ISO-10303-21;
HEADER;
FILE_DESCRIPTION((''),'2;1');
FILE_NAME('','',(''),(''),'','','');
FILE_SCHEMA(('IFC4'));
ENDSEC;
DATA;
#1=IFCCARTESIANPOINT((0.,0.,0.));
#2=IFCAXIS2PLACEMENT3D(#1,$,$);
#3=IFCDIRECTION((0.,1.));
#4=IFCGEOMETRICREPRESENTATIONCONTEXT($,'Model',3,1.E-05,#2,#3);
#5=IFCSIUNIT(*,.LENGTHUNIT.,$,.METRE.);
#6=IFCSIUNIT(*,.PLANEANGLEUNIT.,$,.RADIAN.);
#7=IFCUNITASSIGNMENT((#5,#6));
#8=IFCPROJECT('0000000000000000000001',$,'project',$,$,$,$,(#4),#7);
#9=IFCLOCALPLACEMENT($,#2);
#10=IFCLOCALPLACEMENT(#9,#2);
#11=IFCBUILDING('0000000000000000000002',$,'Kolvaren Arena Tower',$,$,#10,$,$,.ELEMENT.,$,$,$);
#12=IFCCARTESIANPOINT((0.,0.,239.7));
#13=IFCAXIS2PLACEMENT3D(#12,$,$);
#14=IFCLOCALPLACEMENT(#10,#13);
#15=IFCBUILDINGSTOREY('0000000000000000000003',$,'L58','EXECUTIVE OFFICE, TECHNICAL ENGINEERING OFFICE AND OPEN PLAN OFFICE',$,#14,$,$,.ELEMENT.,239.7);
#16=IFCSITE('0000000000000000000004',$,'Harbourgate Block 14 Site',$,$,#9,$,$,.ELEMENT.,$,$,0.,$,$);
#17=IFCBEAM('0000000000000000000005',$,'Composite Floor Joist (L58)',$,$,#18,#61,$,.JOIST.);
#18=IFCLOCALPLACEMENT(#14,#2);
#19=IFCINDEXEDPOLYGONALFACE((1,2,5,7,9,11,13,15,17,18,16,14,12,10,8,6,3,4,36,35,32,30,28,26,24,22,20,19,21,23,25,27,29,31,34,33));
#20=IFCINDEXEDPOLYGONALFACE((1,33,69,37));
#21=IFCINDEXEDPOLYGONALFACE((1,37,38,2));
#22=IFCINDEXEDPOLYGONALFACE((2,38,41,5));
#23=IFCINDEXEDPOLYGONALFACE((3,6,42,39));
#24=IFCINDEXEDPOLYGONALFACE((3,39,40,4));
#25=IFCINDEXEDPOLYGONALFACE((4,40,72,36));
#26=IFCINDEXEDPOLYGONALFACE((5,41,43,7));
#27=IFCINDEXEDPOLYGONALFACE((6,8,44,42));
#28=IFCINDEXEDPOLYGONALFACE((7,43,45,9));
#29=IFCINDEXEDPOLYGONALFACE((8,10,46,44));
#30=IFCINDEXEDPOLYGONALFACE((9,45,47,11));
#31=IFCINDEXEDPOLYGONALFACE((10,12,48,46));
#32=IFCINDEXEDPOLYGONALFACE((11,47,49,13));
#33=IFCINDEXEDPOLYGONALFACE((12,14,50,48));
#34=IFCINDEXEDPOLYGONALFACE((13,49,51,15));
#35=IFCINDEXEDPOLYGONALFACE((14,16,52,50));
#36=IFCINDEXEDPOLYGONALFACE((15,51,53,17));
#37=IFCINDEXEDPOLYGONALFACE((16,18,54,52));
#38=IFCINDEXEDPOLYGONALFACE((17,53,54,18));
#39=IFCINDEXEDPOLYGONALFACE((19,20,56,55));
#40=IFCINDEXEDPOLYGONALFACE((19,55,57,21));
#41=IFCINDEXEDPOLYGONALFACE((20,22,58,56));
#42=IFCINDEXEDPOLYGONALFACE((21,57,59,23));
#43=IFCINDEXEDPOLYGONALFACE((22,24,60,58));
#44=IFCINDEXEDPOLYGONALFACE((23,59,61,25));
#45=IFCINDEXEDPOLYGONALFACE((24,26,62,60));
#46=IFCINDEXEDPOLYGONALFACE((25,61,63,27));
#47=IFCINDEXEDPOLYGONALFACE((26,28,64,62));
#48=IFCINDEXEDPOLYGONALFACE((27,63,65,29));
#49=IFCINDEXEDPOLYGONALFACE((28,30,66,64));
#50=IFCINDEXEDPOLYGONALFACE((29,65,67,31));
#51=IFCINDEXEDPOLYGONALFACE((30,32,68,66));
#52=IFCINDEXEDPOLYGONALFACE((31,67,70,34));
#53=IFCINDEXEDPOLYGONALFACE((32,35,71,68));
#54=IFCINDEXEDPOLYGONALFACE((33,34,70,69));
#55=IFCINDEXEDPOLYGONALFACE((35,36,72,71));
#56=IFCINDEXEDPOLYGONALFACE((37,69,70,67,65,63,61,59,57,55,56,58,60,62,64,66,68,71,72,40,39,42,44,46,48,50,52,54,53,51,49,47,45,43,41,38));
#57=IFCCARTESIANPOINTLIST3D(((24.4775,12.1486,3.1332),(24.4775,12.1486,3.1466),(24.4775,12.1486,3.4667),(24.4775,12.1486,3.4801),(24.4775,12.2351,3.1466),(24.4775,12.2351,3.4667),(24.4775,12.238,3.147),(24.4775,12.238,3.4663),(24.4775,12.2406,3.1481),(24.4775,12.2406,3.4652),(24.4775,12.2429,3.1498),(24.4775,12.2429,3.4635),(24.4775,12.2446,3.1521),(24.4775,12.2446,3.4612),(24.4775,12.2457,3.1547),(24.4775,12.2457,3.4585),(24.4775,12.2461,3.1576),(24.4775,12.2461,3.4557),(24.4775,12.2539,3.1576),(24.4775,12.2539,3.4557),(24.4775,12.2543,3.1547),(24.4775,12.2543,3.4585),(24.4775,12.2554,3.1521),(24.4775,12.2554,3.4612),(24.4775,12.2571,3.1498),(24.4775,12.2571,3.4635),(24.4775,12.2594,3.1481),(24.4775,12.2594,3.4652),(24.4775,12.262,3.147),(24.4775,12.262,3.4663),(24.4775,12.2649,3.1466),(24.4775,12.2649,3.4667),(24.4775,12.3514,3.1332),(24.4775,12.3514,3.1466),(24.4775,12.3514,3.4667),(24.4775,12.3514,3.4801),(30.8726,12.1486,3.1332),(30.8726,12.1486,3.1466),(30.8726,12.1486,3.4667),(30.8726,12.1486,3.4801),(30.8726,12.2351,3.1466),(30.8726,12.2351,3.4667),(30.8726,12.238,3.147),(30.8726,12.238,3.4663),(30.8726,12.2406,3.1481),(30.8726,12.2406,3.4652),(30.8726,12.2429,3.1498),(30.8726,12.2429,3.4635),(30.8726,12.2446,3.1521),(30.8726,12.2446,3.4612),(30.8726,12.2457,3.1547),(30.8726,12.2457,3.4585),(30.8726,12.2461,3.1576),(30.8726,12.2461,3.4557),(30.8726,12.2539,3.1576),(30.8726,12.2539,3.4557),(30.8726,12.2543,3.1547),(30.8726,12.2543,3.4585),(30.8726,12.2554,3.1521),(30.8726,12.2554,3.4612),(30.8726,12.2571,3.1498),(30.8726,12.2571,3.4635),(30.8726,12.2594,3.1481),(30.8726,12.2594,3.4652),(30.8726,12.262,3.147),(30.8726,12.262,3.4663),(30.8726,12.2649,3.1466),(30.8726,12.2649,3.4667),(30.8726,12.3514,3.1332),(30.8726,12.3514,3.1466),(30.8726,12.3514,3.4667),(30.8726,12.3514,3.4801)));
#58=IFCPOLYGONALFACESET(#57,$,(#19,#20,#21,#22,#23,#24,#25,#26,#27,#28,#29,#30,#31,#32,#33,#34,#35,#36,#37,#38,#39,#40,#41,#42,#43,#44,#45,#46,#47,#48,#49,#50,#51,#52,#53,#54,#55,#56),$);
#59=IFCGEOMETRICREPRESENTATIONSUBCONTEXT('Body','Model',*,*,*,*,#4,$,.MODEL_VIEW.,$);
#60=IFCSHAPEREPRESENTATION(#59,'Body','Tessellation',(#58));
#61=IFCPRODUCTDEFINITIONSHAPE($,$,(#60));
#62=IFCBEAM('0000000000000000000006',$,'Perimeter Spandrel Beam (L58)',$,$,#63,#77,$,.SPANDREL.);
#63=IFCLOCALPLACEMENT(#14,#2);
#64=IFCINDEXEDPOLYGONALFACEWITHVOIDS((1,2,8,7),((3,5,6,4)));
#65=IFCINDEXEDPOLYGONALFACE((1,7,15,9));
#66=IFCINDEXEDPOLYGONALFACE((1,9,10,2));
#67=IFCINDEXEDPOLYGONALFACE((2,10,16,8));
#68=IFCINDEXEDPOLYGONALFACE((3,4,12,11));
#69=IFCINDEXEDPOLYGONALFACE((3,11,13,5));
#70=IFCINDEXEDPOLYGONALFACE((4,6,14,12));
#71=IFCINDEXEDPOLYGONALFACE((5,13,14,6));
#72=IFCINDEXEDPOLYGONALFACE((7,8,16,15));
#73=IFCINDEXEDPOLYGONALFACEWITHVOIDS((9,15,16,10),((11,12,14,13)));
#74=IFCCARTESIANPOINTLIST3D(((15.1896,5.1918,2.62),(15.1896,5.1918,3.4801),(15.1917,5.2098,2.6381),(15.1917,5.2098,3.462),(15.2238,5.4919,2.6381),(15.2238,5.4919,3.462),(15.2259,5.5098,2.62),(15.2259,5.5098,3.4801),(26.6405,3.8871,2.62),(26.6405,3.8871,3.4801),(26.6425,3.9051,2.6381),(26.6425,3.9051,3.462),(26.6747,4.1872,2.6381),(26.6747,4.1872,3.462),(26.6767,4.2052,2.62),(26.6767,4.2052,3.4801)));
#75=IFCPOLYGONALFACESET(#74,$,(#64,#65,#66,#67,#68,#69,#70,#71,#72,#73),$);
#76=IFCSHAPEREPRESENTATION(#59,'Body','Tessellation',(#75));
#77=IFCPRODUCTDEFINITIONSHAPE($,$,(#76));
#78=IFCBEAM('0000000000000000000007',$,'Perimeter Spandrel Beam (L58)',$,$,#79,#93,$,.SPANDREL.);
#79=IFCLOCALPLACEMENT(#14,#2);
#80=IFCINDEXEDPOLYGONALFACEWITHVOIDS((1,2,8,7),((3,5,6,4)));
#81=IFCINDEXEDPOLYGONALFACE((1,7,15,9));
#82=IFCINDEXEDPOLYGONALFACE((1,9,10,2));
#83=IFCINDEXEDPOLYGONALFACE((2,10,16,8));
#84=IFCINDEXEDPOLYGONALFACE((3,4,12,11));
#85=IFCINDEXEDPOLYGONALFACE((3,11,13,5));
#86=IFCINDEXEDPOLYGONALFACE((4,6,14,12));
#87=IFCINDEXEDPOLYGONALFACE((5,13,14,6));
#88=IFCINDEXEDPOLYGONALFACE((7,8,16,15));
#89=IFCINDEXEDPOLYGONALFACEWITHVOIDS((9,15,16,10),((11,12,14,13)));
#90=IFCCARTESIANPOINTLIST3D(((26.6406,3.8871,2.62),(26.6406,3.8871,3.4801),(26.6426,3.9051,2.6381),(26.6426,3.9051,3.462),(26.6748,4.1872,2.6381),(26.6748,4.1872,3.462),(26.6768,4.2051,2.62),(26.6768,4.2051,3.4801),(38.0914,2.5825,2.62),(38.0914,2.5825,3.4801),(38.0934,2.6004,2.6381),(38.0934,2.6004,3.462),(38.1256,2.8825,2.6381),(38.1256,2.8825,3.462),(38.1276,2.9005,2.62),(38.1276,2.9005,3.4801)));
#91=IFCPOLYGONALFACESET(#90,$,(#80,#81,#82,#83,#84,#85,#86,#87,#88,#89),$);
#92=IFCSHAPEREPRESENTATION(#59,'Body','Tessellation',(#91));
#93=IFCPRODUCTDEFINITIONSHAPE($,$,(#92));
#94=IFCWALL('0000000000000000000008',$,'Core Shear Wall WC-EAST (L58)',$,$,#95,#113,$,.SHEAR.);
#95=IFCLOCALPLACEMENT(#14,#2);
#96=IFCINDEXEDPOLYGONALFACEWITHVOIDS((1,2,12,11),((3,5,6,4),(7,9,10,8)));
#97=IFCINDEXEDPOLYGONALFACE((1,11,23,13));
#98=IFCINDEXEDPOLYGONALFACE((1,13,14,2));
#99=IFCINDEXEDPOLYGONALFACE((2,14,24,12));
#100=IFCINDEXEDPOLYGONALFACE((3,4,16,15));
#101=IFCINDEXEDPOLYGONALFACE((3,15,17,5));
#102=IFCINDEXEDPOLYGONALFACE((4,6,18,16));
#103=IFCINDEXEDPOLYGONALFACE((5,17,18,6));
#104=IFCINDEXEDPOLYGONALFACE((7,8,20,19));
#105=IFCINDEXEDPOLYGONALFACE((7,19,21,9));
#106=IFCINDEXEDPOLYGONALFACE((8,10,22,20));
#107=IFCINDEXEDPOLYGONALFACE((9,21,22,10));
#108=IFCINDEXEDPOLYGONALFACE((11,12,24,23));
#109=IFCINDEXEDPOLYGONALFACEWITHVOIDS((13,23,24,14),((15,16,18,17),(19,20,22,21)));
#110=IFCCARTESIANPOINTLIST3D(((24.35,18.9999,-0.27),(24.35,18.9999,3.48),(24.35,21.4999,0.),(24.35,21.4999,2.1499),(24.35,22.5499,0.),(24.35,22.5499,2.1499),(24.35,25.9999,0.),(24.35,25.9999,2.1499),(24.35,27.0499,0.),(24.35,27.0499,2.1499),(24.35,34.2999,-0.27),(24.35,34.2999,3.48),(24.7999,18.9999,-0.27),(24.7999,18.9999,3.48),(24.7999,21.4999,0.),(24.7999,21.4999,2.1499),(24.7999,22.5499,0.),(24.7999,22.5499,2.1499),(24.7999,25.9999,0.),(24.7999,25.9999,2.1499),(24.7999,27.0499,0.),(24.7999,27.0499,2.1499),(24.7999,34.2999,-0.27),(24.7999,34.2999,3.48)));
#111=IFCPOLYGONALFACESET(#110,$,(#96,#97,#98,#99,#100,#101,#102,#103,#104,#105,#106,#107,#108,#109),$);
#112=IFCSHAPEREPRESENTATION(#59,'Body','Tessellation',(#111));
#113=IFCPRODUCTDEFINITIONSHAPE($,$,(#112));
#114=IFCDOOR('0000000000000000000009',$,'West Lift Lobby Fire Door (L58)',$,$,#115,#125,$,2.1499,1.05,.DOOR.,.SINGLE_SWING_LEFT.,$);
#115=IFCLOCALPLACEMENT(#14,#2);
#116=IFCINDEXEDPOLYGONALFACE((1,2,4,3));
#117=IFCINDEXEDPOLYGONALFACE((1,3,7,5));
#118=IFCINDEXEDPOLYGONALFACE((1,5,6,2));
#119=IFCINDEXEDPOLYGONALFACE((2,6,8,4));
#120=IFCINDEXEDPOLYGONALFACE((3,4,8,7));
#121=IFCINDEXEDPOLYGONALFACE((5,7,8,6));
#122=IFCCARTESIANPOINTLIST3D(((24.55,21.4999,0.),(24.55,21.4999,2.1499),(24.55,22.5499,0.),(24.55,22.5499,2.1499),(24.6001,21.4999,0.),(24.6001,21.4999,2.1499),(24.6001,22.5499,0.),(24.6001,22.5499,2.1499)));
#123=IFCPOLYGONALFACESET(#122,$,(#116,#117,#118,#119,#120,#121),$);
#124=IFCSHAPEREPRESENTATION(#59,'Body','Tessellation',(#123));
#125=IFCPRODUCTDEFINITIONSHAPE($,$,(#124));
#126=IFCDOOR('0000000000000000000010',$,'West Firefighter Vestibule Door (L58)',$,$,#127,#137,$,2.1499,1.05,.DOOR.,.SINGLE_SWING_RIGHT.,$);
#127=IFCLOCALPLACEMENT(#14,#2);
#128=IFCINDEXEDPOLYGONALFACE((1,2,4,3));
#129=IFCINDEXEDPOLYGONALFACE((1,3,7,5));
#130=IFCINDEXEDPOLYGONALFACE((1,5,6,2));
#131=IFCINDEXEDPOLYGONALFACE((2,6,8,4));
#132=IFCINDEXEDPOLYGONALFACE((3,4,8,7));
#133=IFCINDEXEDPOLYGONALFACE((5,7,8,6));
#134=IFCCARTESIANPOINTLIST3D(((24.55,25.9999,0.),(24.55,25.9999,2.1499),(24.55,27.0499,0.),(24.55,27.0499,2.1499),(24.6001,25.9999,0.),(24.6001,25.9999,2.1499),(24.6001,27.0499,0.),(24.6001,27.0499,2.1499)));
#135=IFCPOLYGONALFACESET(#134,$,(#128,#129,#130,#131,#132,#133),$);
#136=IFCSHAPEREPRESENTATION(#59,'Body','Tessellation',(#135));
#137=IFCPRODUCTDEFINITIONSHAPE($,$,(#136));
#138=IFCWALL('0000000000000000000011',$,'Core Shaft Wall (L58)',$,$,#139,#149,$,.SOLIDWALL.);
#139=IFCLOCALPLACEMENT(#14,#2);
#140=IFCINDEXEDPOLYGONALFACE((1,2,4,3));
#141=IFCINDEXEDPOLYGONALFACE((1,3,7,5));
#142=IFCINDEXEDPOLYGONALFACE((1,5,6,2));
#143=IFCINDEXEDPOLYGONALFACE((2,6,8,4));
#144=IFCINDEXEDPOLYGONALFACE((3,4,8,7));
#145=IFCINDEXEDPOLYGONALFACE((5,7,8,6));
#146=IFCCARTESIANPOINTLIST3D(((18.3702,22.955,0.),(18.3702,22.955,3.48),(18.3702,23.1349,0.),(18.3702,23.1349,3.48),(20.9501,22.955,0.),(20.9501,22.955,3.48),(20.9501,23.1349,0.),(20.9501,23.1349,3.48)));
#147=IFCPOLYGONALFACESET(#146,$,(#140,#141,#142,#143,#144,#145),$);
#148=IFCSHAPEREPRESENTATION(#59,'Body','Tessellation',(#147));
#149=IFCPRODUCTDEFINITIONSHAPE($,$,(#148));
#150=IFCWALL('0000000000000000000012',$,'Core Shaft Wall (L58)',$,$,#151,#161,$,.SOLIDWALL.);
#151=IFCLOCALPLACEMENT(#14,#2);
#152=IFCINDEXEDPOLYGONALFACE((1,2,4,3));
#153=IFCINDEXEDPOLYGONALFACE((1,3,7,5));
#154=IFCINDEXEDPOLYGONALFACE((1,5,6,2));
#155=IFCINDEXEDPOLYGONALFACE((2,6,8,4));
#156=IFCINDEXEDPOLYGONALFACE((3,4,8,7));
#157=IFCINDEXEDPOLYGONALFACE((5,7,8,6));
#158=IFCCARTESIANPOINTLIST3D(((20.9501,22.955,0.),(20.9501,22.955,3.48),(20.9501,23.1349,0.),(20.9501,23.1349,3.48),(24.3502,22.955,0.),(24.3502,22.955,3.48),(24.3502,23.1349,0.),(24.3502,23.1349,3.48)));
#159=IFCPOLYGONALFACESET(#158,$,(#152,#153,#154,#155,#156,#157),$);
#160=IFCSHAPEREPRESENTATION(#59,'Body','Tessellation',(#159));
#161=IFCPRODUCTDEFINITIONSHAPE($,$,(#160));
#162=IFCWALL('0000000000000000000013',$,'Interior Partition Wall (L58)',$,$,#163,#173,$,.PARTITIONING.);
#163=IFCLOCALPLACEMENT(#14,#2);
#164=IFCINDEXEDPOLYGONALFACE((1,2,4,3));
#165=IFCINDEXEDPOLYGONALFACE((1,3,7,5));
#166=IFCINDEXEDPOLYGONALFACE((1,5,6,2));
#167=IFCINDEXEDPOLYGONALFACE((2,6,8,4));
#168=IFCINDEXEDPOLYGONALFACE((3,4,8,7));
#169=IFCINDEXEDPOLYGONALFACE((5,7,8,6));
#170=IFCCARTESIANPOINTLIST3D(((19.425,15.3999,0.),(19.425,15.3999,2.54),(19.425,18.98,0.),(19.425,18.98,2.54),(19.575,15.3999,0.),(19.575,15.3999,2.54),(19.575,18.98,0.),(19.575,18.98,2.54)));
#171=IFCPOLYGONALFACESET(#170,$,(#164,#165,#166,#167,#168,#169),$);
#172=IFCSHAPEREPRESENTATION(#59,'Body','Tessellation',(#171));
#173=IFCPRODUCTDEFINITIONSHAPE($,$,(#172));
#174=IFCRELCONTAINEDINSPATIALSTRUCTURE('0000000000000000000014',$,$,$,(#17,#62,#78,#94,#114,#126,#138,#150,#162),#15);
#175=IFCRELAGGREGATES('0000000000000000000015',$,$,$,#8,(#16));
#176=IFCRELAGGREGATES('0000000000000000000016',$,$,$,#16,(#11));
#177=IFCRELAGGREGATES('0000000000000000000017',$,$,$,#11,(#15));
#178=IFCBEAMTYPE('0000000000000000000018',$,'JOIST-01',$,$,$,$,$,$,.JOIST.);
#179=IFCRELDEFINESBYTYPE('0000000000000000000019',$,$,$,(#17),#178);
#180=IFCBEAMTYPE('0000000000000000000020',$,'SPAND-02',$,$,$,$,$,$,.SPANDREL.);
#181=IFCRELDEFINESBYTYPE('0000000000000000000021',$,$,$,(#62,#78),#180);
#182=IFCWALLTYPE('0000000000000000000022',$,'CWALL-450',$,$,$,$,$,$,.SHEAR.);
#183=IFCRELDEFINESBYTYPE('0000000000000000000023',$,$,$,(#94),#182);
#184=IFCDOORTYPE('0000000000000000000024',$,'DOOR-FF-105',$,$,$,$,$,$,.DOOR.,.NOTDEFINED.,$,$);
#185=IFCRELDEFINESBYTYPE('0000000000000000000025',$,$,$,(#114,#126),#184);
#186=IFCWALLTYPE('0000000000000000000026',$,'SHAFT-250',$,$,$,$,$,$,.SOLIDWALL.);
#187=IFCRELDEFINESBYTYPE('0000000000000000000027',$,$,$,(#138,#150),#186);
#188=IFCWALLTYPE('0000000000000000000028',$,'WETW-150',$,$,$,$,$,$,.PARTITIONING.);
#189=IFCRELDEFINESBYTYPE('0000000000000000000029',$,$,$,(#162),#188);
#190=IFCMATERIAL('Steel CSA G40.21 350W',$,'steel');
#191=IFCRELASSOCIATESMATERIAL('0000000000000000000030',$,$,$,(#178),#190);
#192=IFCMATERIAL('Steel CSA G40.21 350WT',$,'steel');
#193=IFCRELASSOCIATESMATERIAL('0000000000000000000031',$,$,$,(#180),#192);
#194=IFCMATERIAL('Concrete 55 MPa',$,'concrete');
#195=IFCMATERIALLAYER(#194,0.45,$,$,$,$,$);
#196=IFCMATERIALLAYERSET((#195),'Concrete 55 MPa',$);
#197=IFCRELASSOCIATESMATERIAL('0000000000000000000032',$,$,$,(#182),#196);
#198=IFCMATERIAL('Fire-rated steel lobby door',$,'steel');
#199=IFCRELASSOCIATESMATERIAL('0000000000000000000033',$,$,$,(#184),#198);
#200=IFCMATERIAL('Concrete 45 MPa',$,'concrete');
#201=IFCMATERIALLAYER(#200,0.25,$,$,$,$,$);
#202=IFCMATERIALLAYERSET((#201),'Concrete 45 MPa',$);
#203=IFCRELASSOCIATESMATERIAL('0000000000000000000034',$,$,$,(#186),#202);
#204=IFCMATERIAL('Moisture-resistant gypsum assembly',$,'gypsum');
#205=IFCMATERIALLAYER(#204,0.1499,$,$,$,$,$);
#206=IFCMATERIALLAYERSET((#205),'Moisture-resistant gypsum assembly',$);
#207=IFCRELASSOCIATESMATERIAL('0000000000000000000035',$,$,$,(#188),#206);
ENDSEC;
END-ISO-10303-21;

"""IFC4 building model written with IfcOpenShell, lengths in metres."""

from ifc_helpers import new_model, si_unit, direction, frame, frame_2d, origin, origin_2d, place, context, subcontext, project, spatial, rectangle, hollow_rectangle, i_section, extrude, material, layer, layer_set, material_profile, profile_set, type_object, element, fill, save


model = new_model("IFC4")

# Units and contexts
model_context = context("Model", 3, precision=1e-05, world=origin(), true_north=direction((0.0, 1.0)))
body_context = subcontext(model_context, "Body", "Model", "MODEL_VIEW")
ifc_project = project(units=[si_unit("LENGTHUNIT", "METRE"), si_unit("PLANEANGLEUNIT", "RADIAN")], contexts=[model_context])

# Site, building, storey
site_placement = place(None, origin())
site = spatial("IfcSite", under=ifc_project, at=site_placement, Name="Harbourgate Block 14 Site", CompositionType="ELEMENT", RefElevation=0.0)
building_placement = place(site_placement, origin())
building = spatial("IfcBuilding", under=site, at=building_placement, Name="Kolvaren Arena Tower", CompositionType="ELEMENT")
storey_placement = place(building_placement, frame((0.0, 0.0, 239.7)))
storey = spatial("IfcBuildingStorey", under=building, at=storey_placement, Name="L58", Description="EXECUTIVE OFFICE, TECHNICAL ENGINEERING OFFICE AND OPEN PLAN OFFICE", CompositionType="ELEMENT", Elevation=239.7)

# Beams
ifc_material_1 = material(Name="Steel CSA G40.21 350W", Category="steel")
ifc_material_profile_1 = material_profile(ifc_material_1, i_section(OverallWidth=0.2029, OverallDepth=0.3469, WebThickness=0.0078, FlangeThickness=0.0134, FilletRadius=0.011, at=origin_2d()), Name="W360x64")
ifc_profile_set_1 = profile_set([ifc_material_profile_1], Name="Steel CSA G40.21 350W")
beam_type_1 = type_object("IfcBeamType", Name="JOIST-01", PredefinedType="JOIST", material=ifc_profile_set_1)
for number, where, z_axis, x_axis, name in (
    (1, (24.4775, 12.25, 3.3066), (1.0, 0.0, 0.0), (0.0, 1.0, 0.0), "Composite Floor Joist (L58)"),
):
    element("IfcBeam", number, at=place(storey_placement, frame(where, z_axis=z_axis, x_axis=x_axis)), inside=storey, type_object=beam_type_1, Name=name, PredefinedType="JOIST", context=body_context, shape_type="SweptSolid", body=[
        extrude(i_section(OverallWidth=0.2029, OverallDepth=0.3469, WebThickness=0.0078, FlangeThickness=0.0134, FilletRadius=0.011, at=origin_2d()), origin(), (0.0, 0.0, 1.0), 6.395),
    ])
ifc_material_2 = material(Name="Steel CSA G40.21 350WT", Category="steel")
ifc_material_profile_2 = material_profile(ifc_material_2, hollow_rectangle(XDim=0.3201, YDim=0.8601, WallThickness=0.0181, at=origin_2d()), Name="HSS 860x320x18")
ifc_profile_set_2 = profile_set([ifc_material_profile_2], Name="Steel CSA G40.21 350WT")
beam_type_2 = type_object("IfcBeamType", Name="SPAND-02", PredefinedType="SPANDREL", material=ifc_profile_set_2)
for number, where, z_axis, x_axis, name in (
    (2, (15.2078, 5.3508, 3.05), (0.993572, -0.113205, 0.0), (0.113205, 0.993572, 0.0), "Perimeter Spandrel Beam (L58)"),
    (3, (26.6587, 4.0461, 3.05), (0.993572, -0.113205, 0.0), (0.113205, 0.993572, 0.0), "Perimeter Spandrel Beam (L58)"),
):
    element("IfcBeam", number, at=place(storey_placement, frame(where, z_axis=z_axis, x_axis=x_axis)), inside=storey, type_object=beam_type_2, Name=name, PredefinedType="SPANDREL", context=body_context, shape_type="SweptSolid", body=[
        extrude(hollow_rectangle(XDim=0.3201, YDim=0.8601, WallThickness=0.0181, at=origin_2d()), origin(), (0.0, 0.0, 1.0), 11.5249),
    ])

# Wall, openings, doors
ifc_material_3 = material(Name="Concrete 55 MPa", Category="concrete")
ifc_layer_1 = layer(ifc_material_3, 0.45)
ifc_layer_set_1 = layer_set([ifc_layer_1], Name="Concrete 55 MPa")
wall_type_1 = type_object("IfcWallType", Name="CWALL-450", PredefinedType="SHEAR", material=ifc_layer_set_1)
wall_1_placement = place(storey_placement, frame((24.575, 19.0, -0.27), z_axis=(0.0, 0.0, 1.0), x_axis=(0.0, 1.0, 0.0)))
wall_1 = element("IfcWall", 4, at=wall_1_placement, inside=storey, type_object=wall_type_1, Name="Core Shear Wall WC-EAST (L58)", PredefinedType="SHEAR", context=body_context, shape_type="SweptSolid", body=[
    extrude(rectangle(XDim=15.3, YDim=0.45, at=frame_2d((7.6499, 0.0))), origin(), (0.0, 0.0, 1.0), 3.75),
])
opening_1_placement = place(wall_1_placement, frame((2.5, 0.0, 0.27)))
opening_1 = element("IfcOpeningElement", 5, at=opening_1_placement, cuts=wall_1, PredefinedType="OPENING", context=body_context, shape_type="SweptSolid", body=[
    extrude(rectangle(XDim=1.05, YDim=2.1499, at=frame_2d((0.5249, 1.075))), frame((0.0, 0.2349, 0.0), z_axis=(0.0, -1.0, 0.0), x_axis=(1.0, 0.0, 0.0)), (0.0, 0.0, 1.0), 0.47),
])
opening_2_placement = place(wall_1_placement, frame((7.0, 0.0, 0.27)))
opening_2 = element("IfcOpeningElement", 6, at=opening_2_placement, cuts=wall_1, PredefinedType="OPENING", context=body_context, shape_type="SweptSolid", body=[
    extrude(rectangle(XDim=1.05, YDim=2.1499, at=frame_2d((0.5249, 1.075))), frame((0.0, 0.2349, 0.0), z_axis=(0.0, -1.0, 0.0), x_axis=(1.0, 0.0, 0.0)), (0.0, 0.0, 1.0), 0.47),
])
ifc_material_4 = material(Name="Fire-rated steel lobby door", Category="steel")
door_type = type_object("IfcDoorType", Name="DOOR-FF-105", OperationType="NOTDEFINED", PredefinedType="DOOR", material=ifc_material_4)
door_1_placement = place(opening_1_placement, origin())
door_1 = element("IfcDoor", 7, at=door_1_placement, inside=storey, type_object=door_type, Name="West Lift Lobby Fire Door (L58)", OperationType="SINGLE_SWING_LEFT", OverallHeight=2.1499, OverallWidth=1.05, PredefinedType="DOOR", context=body_context, shape_type="SweptSolid", body=[
    extrude(rectangle(XDim=1.05, YDim=2.1499, at=frame_2d((0.5249, 1.075))), frame((0.0, 0.0249, 0.0), z_axis=(0.0, -1.0, 0.0), x_axis=(1.0, 0.0, 0.0)), (0.0, 0.0, 1.0), 0.05),
])
fill(opening_1, door_1)
door_2_placement = place(opening_2_placement, origin())
door_2 = element("IfcDoor", 8, at=door_2_placement, inside=storey, type_object=door_type, Name="West Firefighter Vestibule Door (L58)", OperationType="SINGLE_SWING_RIGHT", OverallHeight=2.1499, OverallWidth=1.05, PredefinedType="DOOR", context=body_context, shape_type="SweptSolid", body=[
    extrude(rectangle(XDim=1.05, YDim=2.1499, at=frame_2d((0.5249, 1.075))), frame((0.0, 0.0249, 0.0), z_axis=(0.0, -1.0, 0.0), x_axis=(1.0, 0.0, 0.0)), (0.0, 0.0, 1.0), 0.05),
])
fill(opening_2, door_2)

# Walls
ifc_material_5 = material(Name="Concrete 45 MPa", Category="concrete")
ifc_layer_2 = layer(ifc_material_5, 0.25)
ifc_layer_set_2 = layer_set([ifc_layer_2], Name="Concrete 45 MPa")
wall_type_2 = type_object("IfcWallType", Name="SHAFT-250", PredefinedType="SOLIDWALL", material=ifc_layer_set_2)
wall_2_placement = place(storey_placement, frame((18.3701, 23.0449, 0.0), z_axis=(0.0, 0.0, 1.0), x_axis=(1.0, 0.0, 0.0)))
element("IfcWall", 9, at=wall_2_placement, inside=storey, type_object=wall_type_2, Name="Core Shaft Wall (L58)", PredefinedType="SOLIDWALL", context=body_context, shape_type="SweptSolid", body=[
    extrude(rectangle(XDim=2.5798, YDim=0.1799, at=frame_2d((1.29, 0.0))), origin(), (0.0, 0.0, 1.0), 3.48),
])
wall_3_placement = place(storey_placement, frame((20.95, 23.0449, 0.0), z_axis=(0.0, 0.0, 1.0), x_axis=(1.0, 0.0, 0.0)))
element("IfcWall", 10, at=wall_3_placement, inside=storey, type_object=wall_type_2, Name="Core Shaft Wall (L58)", PredefinedType="SOLIDWALL", context=body_context, shape_type="SweptSolid", body=[
    extrude(rectangle(XDim=3.4001, YDim=0.1799, at=frame_2d((1.7002, 0.0))), origin(), (0.0, 0.0, 1.0), 3.48),
])
ifc_material_6 = material(Name="Moisture-resistant gypsum assembly", Category="gypsum")
ifc_layer_3 = layer(ifc_material_6, 0.1499)
ifc_layer_set_3 = layer_set([ifc_layer_3], Name="Moisture-resistant gypsum assembly")
wall_type_3 = type_object("IfcWallType", Name="WETW-150", PredefinedType="PARTITIONING", material=ifc_layer_set_3)
for number, where, z_axis, x_axis, name in (
    (11, (19.5, 15.3999, 0.0), (0.0, 0.0, 1.0), (0.0, 1.0, 0.0), "Interior Partition Wall (L58)"),
):
    element("IfcWall", number, at=place(storey_placement, frame(where, z_axis=z_axis, x_axis=x_axis)), inside=storey, type_object=wall_type_3, Name=name, PredefinedType="PARTITIONING", context=body_context, shape_type="SweptSolid", body=[
        extrude(rectangle(XDim=3.5801, YDim=0.1499, at=frame_2d((1.79, 0.0))), origin(), (0.0, 0.0, 1.0), 2.54),
    ])

save(model, "model.ifc")
